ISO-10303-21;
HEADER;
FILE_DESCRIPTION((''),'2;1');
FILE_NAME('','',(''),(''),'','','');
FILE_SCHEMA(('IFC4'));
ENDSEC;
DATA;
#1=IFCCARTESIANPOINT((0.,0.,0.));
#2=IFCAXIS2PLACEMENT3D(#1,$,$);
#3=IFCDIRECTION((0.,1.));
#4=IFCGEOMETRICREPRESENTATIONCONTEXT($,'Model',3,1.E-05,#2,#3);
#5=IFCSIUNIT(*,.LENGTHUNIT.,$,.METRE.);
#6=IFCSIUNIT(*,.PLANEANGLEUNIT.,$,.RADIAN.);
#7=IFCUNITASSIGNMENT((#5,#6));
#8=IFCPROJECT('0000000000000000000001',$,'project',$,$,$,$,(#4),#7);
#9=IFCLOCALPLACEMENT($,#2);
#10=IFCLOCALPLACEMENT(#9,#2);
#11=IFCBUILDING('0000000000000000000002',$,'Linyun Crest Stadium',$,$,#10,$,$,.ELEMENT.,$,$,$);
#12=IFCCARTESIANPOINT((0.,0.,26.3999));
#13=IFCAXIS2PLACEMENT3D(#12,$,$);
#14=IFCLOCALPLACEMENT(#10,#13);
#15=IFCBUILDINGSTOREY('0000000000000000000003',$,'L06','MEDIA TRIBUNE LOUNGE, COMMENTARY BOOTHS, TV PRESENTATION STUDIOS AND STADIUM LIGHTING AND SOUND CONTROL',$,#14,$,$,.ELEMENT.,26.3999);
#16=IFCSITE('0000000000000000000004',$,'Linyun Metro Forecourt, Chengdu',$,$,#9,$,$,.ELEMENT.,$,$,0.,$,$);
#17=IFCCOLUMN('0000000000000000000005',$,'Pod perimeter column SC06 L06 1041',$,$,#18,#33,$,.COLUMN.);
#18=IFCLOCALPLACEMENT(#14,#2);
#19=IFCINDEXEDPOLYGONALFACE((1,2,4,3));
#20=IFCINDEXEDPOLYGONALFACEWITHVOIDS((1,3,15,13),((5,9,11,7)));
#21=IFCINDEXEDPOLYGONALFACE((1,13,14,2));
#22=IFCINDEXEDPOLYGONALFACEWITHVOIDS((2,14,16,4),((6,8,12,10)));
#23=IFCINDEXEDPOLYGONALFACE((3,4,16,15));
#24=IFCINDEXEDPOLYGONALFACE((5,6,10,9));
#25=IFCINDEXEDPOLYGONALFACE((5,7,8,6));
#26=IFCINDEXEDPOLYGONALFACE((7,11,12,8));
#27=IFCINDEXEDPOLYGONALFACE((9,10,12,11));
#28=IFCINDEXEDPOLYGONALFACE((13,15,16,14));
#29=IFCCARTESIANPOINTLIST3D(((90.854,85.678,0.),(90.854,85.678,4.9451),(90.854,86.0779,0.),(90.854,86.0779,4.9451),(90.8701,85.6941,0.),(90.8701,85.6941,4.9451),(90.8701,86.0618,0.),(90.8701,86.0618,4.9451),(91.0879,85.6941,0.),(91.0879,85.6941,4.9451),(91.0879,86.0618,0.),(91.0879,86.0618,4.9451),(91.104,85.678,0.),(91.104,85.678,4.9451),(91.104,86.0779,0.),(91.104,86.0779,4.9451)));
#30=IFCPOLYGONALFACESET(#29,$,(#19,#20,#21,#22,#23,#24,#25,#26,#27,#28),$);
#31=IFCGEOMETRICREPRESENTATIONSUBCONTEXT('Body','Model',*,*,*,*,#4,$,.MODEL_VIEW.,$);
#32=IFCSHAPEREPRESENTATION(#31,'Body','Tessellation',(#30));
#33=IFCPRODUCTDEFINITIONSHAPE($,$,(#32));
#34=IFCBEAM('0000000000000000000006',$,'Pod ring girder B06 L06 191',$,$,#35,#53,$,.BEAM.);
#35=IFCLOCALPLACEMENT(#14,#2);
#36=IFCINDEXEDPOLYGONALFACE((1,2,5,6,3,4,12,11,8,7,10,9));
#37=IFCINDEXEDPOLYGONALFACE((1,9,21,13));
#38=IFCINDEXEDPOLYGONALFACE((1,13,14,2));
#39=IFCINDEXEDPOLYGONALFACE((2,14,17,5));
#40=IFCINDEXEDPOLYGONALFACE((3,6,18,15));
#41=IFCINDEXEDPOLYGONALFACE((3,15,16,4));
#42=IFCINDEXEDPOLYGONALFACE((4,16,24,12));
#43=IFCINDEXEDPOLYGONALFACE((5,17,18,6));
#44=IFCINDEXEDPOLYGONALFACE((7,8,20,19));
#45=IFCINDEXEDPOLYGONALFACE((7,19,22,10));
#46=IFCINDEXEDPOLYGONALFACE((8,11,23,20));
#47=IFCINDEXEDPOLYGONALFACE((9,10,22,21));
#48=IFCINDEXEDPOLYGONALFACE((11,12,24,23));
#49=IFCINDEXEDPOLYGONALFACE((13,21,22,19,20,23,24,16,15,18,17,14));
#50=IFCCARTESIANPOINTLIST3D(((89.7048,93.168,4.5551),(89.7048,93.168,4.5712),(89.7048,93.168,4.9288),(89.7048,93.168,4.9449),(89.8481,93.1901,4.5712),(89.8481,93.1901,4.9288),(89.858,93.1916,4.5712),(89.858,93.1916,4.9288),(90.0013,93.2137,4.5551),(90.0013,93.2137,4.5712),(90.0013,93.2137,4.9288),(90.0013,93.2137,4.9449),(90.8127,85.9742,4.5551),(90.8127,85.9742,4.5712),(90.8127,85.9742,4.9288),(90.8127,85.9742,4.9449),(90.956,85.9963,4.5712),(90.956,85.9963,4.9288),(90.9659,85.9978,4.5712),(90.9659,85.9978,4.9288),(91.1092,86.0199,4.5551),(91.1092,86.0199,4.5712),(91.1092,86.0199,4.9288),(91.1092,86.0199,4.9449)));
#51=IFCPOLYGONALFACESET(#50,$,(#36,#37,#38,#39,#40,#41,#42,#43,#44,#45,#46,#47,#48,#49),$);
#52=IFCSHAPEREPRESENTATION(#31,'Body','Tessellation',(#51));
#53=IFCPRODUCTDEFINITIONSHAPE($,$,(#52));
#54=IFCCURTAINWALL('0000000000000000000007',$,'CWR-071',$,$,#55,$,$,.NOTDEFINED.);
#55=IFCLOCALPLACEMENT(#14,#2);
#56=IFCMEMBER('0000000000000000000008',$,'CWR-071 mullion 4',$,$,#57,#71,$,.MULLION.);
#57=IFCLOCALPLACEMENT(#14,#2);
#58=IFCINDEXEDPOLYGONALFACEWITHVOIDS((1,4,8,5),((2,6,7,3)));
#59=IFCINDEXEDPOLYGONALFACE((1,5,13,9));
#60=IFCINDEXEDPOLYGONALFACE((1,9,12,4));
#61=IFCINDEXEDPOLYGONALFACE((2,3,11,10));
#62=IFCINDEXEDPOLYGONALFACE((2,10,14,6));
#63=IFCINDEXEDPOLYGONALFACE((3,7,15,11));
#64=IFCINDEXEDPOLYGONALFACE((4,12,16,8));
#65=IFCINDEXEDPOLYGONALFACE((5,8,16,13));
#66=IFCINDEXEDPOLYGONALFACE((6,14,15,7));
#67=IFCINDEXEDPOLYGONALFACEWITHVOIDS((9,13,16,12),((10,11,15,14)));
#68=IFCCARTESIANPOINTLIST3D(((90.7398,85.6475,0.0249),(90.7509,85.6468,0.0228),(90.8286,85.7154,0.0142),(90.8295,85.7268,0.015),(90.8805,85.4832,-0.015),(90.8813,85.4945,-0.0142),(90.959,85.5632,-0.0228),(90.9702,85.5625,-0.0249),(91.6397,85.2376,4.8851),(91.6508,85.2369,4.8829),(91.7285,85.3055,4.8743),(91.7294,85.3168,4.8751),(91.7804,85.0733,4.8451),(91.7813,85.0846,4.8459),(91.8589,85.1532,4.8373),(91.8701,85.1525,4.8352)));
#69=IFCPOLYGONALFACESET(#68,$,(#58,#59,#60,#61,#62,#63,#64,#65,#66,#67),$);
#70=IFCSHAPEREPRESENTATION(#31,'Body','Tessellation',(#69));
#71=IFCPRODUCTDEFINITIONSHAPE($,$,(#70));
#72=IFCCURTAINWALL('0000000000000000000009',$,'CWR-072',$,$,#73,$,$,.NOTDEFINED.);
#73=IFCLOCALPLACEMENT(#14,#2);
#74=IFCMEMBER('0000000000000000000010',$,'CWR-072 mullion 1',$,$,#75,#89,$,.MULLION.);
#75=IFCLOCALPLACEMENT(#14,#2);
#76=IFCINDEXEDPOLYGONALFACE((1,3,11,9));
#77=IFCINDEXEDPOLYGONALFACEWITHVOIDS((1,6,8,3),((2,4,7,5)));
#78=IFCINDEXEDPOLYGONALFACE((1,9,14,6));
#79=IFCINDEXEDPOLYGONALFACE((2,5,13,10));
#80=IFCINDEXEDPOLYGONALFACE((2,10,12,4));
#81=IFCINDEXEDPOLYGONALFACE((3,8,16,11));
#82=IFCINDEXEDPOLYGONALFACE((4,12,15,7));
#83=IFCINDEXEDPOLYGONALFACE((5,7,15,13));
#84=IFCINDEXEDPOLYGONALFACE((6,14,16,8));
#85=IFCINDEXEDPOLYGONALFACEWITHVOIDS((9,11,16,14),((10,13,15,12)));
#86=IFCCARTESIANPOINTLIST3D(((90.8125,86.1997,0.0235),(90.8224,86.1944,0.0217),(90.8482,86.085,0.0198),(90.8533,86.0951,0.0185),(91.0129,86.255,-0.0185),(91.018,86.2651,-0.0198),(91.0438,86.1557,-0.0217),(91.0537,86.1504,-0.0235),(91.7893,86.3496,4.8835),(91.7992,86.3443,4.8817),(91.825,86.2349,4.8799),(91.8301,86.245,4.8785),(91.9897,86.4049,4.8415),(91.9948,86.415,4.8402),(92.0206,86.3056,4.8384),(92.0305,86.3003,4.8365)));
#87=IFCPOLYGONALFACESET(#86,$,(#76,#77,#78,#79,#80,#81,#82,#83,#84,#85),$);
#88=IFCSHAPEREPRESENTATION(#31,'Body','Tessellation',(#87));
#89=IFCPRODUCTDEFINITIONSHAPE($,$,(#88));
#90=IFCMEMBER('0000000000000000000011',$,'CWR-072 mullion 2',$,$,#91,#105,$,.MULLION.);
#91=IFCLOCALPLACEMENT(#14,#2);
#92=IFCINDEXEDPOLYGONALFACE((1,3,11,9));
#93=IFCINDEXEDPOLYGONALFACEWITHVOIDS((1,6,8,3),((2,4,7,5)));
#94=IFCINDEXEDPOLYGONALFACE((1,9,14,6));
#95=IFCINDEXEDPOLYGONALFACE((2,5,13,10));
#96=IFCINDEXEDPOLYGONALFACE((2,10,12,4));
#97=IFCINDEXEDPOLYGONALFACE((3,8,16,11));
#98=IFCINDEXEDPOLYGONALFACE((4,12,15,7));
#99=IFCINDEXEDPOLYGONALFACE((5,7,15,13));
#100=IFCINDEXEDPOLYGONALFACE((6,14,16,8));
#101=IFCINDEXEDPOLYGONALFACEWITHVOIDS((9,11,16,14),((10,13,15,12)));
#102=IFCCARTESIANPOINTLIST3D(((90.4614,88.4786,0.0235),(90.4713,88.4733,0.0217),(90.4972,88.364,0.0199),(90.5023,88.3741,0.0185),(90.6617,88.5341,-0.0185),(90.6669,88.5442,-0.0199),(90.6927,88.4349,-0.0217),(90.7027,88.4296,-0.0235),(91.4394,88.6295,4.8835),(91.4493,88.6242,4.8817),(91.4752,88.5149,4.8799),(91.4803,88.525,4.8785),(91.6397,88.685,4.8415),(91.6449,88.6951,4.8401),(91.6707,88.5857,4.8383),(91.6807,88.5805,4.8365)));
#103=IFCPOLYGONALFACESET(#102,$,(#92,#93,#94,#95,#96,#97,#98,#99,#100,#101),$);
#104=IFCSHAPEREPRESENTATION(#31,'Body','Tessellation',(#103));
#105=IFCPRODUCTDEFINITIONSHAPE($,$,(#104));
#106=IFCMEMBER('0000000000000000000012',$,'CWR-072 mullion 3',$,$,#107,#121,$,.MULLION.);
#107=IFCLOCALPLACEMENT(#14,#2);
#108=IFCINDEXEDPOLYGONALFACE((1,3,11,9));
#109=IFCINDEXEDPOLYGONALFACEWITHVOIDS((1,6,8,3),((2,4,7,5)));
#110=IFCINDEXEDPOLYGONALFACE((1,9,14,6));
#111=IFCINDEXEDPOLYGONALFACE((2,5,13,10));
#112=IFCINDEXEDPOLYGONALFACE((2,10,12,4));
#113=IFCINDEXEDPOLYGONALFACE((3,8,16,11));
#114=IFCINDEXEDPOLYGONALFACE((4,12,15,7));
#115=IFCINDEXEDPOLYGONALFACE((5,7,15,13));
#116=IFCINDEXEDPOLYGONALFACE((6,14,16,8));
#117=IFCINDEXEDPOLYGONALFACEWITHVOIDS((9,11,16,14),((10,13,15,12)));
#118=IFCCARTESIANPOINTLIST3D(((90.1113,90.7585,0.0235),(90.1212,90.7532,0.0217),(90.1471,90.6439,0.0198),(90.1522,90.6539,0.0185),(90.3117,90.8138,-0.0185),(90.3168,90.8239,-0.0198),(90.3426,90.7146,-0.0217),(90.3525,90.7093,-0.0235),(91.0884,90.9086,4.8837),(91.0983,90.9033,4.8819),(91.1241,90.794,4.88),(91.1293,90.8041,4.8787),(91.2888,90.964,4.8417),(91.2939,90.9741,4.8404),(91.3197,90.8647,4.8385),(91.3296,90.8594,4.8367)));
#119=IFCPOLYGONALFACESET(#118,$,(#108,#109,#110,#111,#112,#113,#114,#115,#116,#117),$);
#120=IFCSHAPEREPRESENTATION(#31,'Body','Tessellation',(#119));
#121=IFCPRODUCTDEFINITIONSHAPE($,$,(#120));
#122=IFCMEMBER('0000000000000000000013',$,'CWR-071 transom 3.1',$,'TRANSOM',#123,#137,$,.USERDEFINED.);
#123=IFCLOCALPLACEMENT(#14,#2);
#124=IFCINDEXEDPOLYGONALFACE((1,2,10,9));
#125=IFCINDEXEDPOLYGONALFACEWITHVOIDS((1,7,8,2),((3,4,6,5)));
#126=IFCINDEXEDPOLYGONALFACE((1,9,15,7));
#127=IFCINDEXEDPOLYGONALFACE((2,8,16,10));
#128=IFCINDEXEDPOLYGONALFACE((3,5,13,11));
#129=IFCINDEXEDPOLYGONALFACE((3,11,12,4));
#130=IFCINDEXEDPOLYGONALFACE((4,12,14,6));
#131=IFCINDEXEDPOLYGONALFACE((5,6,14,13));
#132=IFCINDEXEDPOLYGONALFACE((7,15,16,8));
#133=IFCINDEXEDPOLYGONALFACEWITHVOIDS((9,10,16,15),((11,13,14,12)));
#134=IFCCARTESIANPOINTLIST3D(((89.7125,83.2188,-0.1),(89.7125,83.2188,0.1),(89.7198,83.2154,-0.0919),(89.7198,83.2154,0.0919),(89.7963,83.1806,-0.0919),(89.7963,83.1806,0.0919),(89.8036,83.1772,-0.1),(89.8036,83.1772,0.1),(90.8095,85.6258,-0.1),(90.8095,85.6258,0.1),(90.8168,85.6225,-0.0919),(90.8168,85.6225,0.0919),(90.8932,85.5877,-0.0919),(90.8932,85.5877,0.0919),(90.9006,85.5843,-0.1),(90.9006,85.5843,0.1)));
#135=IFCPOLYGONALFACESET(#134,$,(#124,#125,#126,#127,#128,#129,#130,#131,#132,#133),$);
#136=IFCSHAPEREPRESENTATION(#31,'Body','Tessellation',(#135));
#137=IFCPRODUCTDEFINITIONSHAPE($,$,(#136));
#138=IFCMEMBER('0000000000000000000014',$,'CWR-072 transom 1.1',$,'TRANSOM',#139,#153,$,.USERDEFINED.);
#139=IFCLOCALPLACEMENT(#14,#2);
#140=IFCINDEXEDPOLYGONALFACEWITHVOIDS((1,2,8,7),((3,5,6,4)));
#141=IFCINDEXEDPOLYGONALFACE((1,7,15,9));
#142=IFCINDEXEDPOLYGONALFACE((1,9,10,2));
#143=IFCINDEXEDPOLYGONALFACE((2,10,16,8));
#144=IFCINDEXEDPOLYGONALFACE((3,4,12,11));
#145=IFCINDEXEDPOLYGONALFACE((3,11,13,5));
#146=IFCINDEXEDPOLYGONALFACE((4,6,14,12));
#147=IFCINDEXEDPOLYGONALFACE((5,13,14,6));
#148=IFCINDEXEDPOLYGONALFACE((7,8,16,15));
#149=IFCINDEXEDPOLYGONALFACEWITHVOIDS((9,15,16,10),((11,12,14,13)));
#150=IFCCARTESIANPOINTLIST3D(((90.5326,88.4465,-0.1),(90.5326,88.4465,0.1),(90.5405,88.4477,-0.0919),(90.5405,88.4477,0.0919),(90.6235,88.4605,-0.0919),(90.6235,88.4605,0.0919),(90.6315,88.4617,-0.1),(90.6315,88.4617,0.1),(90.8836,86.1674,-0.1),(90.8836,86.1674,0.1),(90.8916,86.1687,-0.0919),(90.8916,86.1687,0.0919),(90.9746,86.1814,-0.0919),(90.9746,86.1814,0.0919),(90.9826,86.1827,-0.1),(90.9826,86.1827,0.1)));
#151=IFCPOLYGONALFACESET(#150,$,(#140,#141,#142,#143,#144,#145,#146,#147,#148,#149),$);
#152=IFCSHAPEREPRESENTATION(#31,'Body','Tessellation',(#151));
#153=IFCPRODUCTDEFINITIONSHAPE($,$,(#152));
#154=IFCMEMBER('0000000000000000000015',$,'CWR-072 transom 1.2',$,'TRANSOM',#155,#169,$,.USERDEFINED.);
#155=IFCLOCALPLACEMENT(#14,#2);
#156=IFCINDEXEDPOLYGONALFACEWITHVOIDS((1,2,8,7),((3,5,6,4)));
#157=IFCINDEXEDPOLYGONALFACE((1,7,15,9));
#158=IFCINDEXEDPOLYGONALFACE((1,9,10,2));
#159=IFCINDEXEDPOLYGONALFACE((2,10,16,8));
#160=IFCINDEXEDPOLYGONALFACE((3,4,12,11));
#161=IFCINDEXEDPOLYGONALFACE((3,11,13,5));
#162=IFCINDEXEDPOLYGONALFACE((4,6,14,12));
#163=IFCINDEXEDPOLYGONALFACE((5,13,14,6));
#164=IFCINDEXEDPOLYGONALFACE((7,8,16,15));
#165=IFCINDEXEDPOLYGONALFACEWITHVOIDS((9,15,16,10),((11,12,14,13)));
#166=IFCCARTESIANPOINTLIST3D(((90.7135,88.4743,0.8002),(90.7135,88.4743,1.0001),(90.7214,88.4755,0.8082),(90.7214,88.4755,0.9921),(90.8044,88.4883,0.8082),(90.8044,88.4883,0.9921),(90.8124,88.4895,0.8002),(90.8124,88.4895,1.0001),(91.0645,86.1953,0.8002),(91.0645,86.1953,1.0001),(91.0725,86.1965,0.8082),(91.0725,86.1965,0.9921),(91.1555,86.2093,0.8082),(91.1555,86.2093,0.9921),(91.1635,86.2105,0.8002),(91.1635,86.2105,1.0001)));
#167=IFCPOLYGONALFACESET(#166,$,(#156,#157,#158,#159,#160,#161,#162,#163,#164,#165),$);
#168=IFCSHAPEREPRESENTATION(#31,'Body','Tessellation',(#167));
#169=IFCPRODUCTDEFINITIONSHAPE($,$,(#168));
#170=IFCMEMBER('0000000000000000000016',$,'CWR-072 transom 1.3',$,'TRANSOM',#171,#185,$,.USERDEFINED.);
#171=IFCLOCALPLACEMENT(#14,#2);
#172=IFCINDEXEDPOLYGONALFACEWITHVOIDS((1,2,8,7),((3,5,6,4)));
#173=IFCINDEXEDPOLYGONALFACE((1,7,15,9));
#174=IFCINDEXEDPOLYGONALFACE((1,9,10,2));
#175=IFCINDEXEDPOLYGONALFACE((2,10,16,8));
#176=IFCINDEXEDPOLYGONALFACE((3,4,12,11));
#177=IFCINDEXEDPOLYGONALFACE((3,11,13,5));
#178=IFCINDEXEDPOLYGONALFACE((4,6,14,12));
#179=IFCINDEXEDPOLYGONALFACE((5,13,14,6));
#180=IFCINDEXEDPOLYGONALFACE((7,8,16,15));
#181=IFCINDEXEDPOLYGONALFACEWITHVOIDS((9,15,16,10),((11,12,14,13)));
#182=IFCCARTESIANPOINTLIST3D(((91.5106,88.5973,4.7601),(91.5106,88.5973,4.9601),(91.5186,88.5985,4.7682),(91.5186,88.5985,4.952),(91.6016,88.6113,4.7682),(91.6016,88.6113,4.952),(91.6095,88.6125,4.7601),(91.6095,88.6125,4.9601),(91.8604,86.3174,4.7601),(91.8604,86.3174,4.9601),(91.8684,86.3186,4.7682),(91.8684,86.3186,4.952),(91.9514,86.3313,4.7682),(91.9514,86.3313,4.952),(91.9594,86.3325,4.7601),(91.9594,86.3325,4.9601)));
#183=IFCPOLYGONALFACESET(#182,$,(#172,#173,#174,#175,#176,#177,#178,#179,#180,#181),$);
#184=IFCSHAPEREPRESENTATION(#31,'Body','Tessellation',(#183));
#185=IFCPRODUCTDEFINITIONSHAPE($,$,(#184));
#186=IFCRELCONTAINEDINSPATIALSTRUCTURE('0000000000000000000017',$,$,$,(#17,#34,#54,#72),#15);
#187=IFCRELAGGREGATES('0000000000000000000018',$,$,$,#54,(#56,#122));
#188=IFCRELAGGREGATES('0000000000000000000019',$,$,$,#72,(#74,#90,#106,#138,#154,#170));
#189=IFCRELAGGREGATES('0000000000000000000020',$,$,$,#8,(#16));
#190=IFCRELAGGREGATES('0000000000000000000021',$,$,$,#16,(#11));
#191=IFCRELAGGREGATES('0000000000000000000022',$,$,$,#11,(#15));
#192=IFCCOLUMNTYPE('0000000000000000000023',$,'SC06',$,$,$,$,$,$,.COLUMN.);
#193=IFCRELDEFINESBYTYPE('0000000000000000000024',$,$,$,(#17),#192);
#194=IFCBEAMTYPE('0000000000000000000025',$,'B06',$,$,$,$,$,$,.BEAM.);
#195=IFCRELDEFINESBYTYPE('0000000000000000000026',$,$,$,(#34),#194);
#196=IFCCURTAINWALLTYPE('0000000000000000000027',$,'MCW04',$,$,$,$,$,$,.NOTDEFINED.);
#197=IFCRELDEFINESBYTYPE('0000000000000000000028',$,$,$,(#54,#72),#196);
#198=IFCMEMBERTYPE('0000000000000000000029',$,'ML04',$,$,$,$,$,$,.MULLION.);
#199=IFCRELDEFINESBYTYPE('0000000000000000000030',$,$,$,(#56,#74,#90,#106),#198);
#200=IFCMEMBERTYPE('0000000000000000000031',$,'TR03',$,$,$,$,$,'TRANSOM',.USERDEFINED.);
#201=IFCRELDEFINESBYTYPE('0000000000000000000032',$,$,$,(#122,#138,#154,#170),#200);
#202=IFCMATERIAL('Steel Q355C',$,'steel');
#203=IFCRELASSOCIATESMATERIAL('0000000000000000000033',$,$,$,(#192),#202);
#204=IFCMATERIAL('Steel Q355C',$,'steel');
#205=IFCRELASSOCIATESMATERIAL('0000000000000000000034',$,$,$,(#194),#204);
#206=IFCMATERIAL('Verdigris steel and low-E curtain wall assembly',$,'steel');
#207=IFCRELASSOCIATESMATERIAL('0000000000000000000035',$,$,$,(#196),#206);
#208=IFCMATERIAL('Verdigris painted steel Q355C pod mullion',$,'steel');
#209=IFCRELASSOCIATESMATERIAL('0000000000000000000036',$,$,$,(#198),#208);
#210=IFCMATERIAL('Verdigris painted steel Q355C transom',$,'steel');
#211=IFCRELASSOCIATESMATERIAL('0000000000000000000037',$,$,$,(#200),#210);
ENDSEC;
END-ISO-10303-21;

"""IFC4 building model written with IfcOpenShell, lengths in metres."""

from ifc_helpers import new_model, si_unit, direction, frame, origin, origin_2d, place, context, subcontext, project, spatial, hollow_rectangle, i_section, extrude, material, material_profile, profile_set, type_object, element, aggregate, save


model = new_model("IFC4")

# Units and contexts
model_context = context("Model", 3, precision=1e-05, world=origin(), true_north=direction((0.0, 1.0)))
body_context = subcontext(model_context, "Body", "Model", "MODEL_VIEW")
ifc_project = project(units=[si_unit("LENGTHUNIT", "METRE"), si_unit("PLANEANGLEUNIT", "RADIAN")], contexts=[model_context])

# Site, building, storey
site_placement = place(None, origin())
site = spatial("IfcSite", under=ifc_project, at=site_placement, Name="Linyun Metro Forecourt, Chengdu", CompositionType="ELEMENT", RefElevation=0.0)
building_placement = place(site_placement, origin())
building = spatial("IfcBuilding", under=site, at=building_placement, Name="Linyun Crest Stadium", CompositionType="ELEMENT")
storey_placement = place(building_placement, frame((0.0, 0.0, 26.3999)))
storey = spatial("IfcBuildingStorey", under=building, at=storey_placement, Name="L06", Description="MEDIA TRIBUNE LOUNGE, COMMENTARY BOOTHS, TV PRESENTATION STUDIOS AND STADIUM LIGHTING AND SOUND CONTROL", CompositionType="ELEMENT", Elevation=26.3999)

# Column
ifc_material_1 = material(Name="Steel Q355C", Category="steel")
ifc_material_profile_1 = material_profile(ifc_material_1, hollow_rectangle(XDim=0.25, YDim=0.3999, WallThickness=0.0161, at=origin_2d()), Name="RHS 400x250x16")
ifc_profile_set_1 = profile_set([ifc_material_profile_1], Name="Steel Q355C")
column_type = type_object("IfcColumnType", Name="SC06", PredefinedType="COLUMN", material=ifc_profile_set_1)
column_placement = place(storey_placement, frame((90.979, 85.8779, 0.0), z_axis=(0.0, 0.0, 1.0), x_axis=(1.0, 0.0, 0.0)))
element("IfcColumn", 1, at=column_placement, inside=storey, type_object=column_type, Name="Pod perimeter column SC06 L06 1041", PredefinedType="COLUMN", context=body_context, shape_type="SweptSolid", body=[
    extrude(hollow_rectangle(XDim=0.25, YDim=0.3999, WallThickness=0.0161, at=origin_2d()), origin(), (0.0, 0.0, 1.0), 4.9451),
])

# Beam
ifc_material_2 = material(Name="Steel Q355C", Category="steel")
ifc_material_profile_2 = material_profile(ifc_material_2, i_section(OverallWidth=0.3, OverallDepth=0.3899, WebThickness=0.01, FlangeThickness=0.0161, at=origin_2d()), Name="HM 390x300")
ifc_profile_set_2 = profile_set([ifc_material_profile_2], Name="Steel Q355C")
beam_type = type_object("IfcBeamType", Name="B06", PredefinedType="BEAM", material=ifc_profile_set_2)
beam_placement = place(storey_placement, frame((90.9609, 85.9971, 4.75), z_axis=(-0.152213, 0.988348, 0.0), x_axis=(-0.988348, -0.152213, 0.0)))
element("IfcBeam", 2, at=beam_placement, inside=storey, type_object=beam_type, Name="Pod ring girder B06 L06 191", PredefinedType="BEAM", context=body_context, shape_type="SweptSolid", body=[
    extrude(i_section(OverallWidth=0.3, OverallDepth=0.3899, WebThickness=0.01, FlangeThickness=0.0161, at=origin_2d()), origin(), (0.0, 0.0, 1.0), 7.2786),
])

# Curtain wall, member
ifc_material_3 = material(Name="Verdigris steel and low-E curtain wall assembly", Category="steel")
curtain_wall_type = type_object("IfcCurtainWallType", Name="MCW04", PredefinedType="NOTDEFINED", material=ifc_material_3)
curtain_wall_1_placement = place(storey_placement, origin())
curtain_wall_1 = element("IfcCurtainWall", 3, at=curtain_wall_1_placement, inside=storey, type_object=curtain_wall_type, Name="CWR-071", PredefinedType="NOTDEFINED")
ifc_material_4 = material(Name="Verdigris painted steel Q355C pod mullion", Category="steel")
ifc_material_profile_3 = material_profile(ifc_material_4, hollow_rectangle(XDim=0.1201, YDim=0.22, WallThickness=0.0081, at=origin_2d()), Name="RHS 220x120x8")
ifc_profile_set_3 = profile_set([ifc_material_profile_3], Name="Verdigris painted steel Q355C pod mullion")
member_type_1 = type_object("IfcMemberType", Name="ML04", PredefinedType="MULLION", material=ifc_profile_set_3)
member_1_placement = place(storey_placement, frame((90.855, 85.605, 0.0), z_axis=(0.181443, -0.082649, 0.979922), x_axis=(-0.746902, -0.659778, 0.08265)))
member_1 = element("IfcMember", 4, at=member_1_placement, type_object=member_type_1, Name="CWR-071 mullion 4", PredefinedType="MULLION", context=body_context, shape_type="SweptSolid", body=[
    extrude(hollow_rectangle(XDim=0.1201, YDim=0.22, WallThickness=0.0081, at=origin_2d()), origin(), (0.0, 0.0, 1.0), 4.9597),
])

# Curtain wall, members
curtain_wall_2_placement = place(storey_placement, origin())
curtain_wall_2 = element("IfcCurtainWall", 5, at=curtain_wall_2_placement, inside=storey, type_object=curtain_wall_type, Name="CWR-072", PredefinedType="NOTDEFINED")
member_2_placement = place(storey_placement, frame((90.9331, 86.175, 0.0), z_axis=(0.196954, 0.030225, 0.979947), x_axis=(0.297268, -0.954313, -0.030312)))
member_2 = element("IfcMember", 6, at=member_2_placement, type_object=member_type_1, Name="CWR-072 mullion 1", PredefinedType="MULLION", context=body_context, shape_type="SweptSolid", body=[
    extrude(hollow_rectangle(XDim=0.1201, YDim=0.22, WallThickness=0.0081, at=origin_2d()), origin(), (0.0, 0.0, 1.0), 4.9595),
])
member_3_placement = place(storey_placement, frame((90.582, 88.4541, 0.0), z_axis=(0.19719, 0.03042, 0.979893), x_axis=(0.298013, -0.954079, -0.030352)))
member_3 = element("IfcMember", 7, at=member_3_placement, type_object=member_type_1, Name="CWR-072 mullion 2", PredefinedType="MULLION", context=body_context, shape_type="SweptSolid", body=[
    extrude(hollow_rectangle(XDim=0.1201, YDim=0.22, WallThickness=0.0081, at=origin_2d()), origin(), (0.0, 0.0, 1.0), 4.9597),
])
member_4_placement = place(storey_placement, frame((90.2319, 90.7339, 0.0), z_axis=(0.197001, 0.030274, 0.979936), x_axis=(0.297464, -0.954251, -0.03032)))
member_4 = element("IfcMember", 8, at=member_4_placement, type_object=member_type_1, Name="CWR-072 mullion 3", PredefinedType="MULLION", context=body_context, shape_type="SweptSolid", body=[
    extrude(hollow_rectangle(XDim=0.1201, YDim=0.22, WallThickness=0.0081, at=origin_2d()), origin(), (0.0, 0.0, 1.0), 4.9597),
])

# Members
ifc_material_5 = material(Name="Verdigris painted steel Q355C transom", Category="steel")
ifc_material_profile_4 = material_profile(ifc_material_5, hollow_rectangle(XDim=0.1001, YDim=0.2, WallThickness=0.0081, at=origin_2d()), Name="RHS 200x100x8")
ifc_profile_set_4 = profile_set([ifc_material_profile_4], Name="Verdigris painted steel Q355C transom")
member_type_2 = type_object("IfcMemberType", Name="TR03", ElementType="TRANSOM", PredefinedType="USERDEFINED", material=ifc_profile_set_4)
member_5_placement = place(storey_placement, frame((89.7581, 83.198, 0.0), z_axis=(0.414693, 0.909961, 0.0), x_axis=(-0.909961, 0.414693, 0.0)))
member_5 = element("IfcMember", 9, at=member_5_placement, type_object=member_type_2, Name="CWR-071 transom 3.1", ObjectType="TRANSOM", PredefinedType="USERDEFINED", context=body_context, shape_type="SweptSolid", body=[
    extrude(hollow_rectangle(XDim=0.1001, YDim=0.2, WallThickness=0.0081, at=origin_2d()), origin(), (0.0, 0.0, 1.0), 2.6453),
])
member_6_placement = place(storey_placement, frame((90.9331, 86.175, 0.0), z_axis=(-0.152248, 0.988342, 0.0), x_axis=(-0.988342, -0.152248, 0.0)))
member_6 = element("IfcMember", 10, at=member_6_placement, type_object=member_type_2, Name="CWR-072 transom 1.1", ObjectType="TRANSOM", PredefinedType="USERDEFINED", context=body_context, shape_type="SweptSolid", body=[
    extrude(hollow_rectangle(XDim=0.1001, YDim=0.2, WallThickness=0.0081, at=origin_2d()), origin(), (0.0, 0.0, 1.0), 2.3059),
])
member_7_placement = place(storey_placement, frame((91.114, 86.2029, 0.9001), z_axis=(-0.152248, 0.988342, 0.0), x_axis=(-0.988342, -0.152248, 0.0)))
member_7 = element("IfcMember", 11, at=member_7_placement, type_object=member_type_2, Name="CWR-072 transom 1.2", ObjectType="TRANSOM", PredefinedType="USERDEFINED", context=body_context, shape_type="SweptSolid", body=[
    extrude(hollow_rectangle(XDim=0.1001, YDim=0.2, WallThickness=0.0081, at=origin_2d()), origin(), (0.0, 0.0, 1.0), 2.3059),
])
member_8_placement = place(storey_placement, frame((91.9099, 86.325, 4.8601), z_axis=(-0.151667, 0.988432, 0.0), x_axis=(-0.988432, -0.151667, 0.0)))
member_8 = element("IfcMember", 12, at=member_8_placement, type_object=member_type_2, Name="CWR-072 transom 1.3", ObjectType="TRANSOM", PredefinedType="USERDEFINED", context=body_context, shape_type="SweptSolid", body=[
    extrude(hollow_rectangle(XDim=0.1001, YDim=0.2, WallThickness=0.0081, at=origin_2d()), origin(), (0.0, 0.0, 1.0), 2.3066),
])

aggregate(curtain_wall_1, [member_1, member_5])
aggregate(curtain_wall_2, [member_2, member_3, member_4, member_6, member_7, member_8])

save(model, "model.ifc")
